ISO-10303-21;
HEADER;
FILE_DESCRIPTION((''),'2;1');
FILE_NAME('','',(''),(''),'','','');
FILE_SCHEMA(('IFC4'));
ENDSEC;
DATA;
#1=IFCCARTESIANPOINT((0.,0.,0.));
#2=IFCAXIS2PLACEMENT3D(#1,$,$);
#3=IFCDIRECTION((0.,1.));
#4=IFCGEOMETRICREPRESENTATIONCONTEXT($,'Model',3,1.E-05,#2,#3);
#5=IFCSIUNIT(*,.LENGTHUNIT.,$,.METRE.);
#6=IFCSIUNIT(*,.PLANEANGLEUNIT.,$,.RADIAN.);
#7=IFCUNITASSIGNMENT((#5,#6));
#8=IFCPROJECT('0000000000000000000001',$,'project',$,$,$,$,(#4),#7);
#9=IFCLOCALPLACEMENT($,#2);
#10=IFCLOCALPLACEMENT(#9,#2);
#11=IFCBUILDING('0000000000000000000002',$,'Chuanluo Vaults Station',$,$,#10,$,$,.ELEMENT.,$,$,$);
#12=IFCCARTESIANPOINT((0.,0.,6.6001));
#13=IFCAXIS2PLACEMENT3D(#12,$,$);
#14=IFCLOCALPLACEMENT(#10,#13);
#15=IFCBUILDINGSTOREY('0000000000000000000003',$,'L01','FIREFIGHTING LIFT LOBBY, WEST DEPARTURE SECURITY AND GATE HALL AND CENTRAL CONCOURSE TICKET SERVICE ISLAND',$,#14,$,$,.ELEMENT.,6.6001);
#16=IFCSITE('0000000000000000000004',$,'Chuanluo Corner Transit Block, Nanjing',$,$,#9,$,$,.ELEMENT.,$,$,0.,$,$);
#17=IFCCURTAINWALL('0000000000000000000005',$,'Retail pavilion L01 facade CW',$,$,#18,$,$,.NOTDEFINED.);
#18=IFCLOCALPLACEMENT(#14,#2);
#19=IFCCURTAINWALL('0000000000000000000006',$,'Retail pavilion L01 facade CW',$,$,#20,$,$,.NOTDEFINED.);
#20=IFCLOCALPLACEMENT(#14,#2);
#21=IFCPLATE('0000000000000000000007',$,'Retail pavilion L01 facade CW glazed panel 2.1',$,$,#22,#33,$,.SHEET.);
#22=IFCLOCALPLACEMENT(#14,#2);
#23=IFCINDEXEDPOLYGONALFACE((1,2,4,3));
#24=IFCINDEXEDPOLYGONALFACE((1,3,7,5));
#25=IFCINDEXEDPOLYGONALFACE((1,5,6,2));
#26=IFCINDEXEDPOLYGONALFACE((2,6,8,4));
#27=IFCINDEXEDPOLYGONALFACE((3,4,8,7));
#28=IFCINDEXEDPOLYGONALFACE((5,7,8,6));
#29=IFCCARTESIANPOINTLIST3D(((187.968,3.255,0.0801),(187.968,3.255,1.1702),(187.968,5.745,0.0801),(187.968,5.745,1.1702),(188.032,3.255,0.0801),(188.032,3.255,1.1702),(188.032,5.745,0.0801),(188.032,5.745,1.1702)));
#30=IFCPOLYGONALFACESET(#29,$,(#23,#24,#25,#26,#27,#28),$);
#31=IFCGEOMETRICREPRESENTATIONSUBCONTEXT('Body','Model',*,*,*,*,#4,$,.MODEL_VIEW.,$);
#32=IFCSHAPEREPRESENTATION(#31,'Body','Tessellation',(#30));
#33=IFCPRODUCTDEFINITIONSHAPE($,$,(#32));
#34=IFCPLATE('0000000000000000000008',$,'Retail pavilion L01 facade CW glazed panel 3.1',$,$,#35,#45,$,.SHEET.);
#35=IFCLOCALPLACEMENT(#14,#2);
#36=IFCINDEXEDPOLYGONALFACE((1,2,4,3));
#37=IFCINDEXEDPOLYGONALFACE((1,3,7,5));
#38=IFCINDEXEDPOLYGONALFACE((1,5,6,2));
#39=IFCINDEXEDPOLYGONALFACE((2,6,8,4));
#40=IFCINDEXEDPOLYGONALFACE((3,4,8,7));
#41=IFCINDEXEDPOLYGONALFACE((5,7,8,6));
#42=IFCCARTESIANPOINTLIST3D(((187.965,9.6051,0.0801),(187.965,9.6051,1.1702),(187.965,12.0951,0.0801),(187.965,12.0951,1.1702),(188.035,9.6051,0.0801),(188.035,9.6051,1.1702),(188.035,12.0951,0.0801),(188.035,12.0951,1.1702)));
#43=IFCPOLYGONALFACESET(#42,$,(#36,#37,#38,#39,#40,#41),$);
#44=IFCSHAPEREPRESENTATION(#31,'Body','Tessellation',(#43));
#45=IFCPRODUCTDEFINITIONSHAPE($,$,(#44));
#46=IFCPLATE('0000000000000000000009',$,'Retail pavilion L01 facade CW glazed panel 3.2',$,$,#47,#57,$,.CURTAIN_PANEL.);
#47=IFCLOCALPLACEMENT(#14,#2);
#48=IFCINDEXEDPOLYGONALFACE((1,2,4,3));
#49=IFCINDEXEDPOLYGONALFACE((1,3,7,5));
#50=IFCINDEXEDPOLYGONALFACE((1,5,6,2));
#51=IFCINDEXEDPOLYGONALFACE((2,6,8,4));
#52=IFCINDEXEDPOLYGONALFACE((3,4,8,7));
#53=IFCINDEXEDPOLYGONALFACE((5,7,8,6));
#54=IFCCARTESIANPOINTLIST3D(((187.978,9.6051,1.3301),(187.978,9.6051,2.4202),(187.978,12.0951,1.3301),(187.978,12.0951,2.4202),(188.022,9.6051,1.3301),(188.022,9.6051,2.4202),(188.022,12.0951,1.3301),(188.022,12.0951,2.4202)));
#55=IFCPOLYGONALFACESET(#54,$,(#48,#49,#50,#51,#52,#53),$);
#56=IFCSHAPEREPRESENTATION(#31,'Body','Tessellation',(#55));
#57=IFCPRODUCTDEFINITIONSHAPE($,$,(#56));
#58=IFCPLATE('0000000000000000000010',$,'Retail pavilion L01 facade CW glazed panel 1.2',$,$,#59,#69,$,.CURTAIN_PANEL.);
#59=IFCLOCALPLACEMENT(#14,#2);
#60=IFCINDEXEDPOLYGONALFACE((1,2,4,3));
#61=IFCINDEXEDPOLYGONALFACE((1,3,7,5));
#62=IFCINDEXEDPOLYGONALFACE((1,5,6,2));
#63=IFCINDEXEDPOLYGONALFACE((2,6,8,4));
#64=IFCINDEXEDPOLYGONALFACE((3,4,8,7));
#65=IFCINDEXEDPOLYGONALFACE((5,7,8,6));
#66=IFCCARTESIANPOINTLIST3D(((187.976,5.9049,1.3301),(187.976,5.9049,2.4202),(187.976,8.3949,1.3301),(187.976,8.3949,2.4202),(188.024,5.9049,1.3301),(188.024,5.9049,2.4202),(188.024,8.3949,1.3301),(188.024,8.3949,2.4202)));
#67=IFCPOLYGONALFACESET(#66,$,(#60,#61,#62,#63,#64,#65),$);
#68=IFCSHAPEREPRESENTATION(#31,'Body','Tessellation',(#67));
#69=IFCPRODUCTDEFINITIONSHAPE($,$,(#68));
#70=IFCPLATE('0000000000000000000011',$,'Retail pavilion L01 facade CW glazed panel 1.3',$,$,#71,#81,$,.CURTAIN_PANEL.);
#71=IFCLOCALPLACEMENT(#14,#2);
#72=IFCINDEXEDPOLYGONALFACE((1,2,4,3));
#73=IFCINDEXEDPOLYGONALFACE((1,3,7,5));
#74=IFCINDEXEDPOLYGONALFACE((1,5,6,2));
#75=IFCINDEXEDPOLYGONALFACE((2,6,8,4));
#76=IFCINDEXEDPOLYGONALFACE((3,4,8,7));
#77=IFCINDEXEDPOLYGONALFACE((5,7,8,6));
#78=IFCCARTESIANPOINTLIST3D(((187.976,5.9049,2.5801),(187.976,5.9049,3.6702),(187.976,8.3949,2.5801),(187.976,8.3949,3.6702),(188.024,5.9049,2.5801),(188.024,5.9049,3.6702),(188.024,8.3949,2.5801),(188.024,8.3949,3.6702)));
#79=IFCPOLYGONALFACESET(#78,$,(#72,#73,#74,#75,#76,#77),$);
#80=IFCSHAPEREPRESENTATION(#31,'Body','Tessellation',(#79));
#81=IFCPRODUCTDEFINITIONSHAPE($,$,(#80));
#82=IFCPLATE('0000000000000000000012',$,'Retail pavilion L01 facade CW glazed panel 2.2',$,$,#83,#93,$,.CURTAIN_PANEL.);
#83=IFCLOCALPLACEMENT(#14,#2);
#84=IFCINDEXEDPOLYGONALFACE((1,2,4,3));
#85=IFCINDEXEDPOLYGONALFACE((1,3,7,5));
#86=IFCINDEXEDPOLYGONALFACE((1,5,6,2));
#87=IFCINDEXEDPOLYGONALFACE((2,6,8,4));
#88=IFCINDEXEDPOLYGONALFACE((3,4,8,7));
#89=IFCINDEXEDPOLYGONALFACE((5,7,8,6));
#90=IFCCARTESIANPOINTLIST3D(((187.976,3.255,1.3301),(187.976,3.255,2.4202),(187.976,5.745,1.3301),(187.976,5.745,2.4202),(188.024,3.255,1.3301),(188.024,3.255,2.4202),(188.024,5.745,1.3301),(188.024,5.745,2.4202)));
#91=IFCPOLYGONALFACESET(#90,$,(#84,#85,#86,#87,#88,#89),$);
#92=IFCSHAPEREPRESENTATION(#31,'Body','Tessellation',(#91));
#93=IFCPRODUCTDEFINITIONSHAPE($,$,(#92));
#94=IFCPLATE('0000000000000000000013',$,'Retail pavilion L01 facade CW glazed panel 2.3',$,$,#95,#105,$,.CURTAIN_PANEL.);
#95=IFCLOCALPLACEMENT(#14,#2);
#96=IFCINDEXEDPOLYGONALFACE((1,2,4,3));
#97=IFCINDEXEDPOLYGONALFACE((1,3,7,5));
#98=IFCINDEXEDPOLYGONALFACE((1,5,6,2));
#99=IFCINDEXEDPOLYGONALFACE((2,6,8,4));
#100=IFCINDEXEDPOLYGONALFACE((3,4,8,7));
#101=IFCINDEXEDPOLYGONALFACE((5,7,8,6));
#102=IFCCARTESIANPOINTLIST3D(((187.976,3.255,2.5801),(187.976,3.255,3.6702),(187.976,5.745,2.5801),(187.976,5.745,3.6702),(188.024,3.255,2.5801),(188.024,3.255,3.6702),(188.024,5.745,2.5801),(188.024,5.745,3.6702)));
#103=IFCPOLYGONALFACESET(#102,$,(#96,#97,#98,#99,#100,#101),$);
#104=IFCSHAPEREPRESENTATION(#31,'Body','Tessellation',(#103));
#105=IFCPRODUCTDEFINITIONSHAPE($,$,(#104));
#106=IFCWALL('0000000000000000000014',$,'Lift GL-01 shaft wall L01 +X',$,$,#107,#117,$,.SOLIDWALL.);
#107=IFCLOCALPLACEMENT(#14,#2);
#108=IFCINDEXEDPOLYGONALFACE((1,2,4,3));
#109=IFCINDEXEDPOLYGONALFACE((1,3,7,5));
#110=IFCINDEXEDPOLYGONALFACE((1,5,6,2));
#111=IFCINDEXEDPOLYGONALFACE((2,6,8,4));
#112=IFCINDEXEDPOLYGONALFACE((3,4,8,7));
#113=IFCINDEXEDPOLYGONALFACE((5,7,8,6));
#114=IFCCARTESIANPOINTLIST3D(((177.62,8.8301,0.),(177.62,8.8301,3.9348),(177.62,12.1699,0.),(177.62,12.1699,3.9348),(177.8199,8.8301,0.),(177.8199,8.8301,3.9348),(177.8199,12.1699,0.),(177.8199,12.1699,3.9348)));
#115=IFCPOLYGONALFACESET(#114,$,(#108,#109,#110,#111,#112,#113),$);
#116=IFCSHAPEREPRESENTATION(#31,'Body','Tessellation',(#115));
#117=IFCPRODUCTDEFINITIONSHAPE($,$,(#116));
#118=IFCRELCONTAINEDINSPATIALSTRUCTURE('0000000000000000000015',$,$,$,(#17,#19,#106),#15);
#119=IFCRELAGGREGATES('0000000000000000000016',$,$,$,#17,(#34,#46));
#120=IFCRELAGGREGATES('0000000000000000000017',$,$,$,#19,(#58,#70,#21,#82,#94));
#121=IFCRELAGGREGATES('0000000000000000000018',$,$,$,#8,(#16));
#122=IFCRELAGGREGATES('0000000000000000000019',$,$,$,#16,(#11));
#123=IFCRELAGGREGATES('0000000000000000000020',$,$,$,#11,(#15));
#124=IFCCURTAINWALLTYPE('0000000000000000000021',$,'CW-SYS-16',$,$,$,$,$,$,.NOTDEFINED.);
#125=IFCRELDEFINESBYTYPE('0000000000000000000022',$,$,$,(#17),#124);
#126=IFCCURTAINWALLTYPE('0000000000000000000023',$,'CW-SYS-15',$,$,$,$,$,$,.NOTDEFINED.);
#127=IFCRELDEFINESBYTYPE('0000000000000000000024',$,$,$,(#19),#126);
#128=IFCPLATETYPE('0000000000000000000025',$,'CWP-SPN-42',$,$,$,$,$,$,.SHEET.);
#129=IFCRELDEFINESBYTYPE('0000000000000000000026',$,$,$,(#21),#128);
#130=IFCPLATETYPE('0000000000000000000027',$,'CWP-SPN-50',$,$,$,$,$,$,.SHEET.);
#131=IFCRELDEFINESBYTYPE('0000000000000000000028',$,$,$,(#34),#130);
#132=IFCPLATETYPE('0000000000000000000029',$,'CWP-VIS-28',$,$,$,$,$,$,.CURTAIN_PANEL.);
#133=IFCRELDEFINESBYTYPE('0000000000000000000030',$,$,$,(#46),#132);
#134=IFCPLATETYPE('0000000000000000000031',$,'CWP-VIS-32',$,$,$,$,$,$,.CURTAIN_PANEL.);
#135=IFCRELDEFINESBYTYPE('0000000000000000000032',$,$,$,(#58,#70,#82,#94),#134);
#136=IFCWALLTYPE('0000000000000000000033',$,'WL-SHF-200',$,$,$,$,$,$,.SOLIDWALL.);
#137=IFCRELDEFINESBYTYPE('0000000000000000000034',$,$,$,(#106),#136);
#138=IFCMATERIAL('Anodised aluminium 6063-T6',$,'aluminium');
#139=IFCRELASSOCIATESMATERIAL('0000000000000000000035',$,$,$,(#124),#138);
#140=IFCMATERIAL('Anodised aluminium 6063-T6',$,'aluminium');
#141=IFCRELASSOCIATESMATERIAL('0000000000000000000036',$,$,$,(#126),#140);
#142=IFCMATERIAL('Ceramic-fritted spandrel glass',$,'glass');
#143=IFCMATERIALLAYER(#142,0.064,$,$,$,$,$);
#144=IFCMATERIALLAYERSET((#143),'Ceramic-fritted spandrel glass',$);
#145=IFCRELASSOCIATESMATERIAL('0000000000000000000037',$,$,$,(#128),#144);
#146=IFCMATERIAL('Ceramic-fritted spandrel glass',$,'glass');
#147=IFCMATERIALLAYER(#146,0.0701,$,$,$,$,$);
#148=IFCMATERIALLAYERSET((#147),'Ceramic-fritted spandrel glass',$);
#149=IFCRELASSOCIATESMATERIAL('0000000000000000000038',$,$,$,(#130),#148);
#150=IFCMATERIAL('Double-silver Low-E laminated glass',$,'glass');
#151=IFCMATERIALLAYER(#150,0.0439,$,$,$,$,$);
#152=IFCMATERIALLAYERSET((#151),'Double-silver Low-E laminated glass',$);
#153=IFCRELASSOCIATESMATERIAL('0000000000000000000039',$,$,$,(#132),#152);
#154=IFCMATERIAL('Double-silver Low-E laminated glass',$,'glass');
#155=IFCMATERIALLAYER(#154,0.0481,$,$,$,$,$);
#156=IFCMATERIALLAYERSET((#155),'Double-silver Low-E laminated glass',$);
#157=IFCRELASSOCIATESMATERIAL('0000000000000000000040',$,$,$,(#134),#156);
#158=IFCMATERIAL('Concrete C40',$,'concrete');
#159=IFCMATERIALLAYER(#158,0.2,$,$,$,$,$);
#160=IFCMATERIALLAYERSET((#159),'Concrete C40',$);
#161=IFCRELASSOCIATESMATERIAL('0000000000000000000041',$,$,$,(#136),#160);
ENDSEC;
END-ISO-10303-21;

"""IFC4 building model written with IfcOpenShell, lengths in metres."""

from ifc_helpers import new_model, si_unit, direction, frame, frame_2d, origin, origin_2d, place, context, subcontext, project, spatial, rectangle, extrude, material, layer, layer_set, type_object, element, aggregate, save


model = new_model("IFC4")

# Units and contexts
model_context = context("Model", 3, precision=1e-05, world=origin(), true_north=direction((0.0, 1.0)))
body_context = subcontext(model_context, "Body", "Model", "MODEL_VIEW")
ifc_project = project(units=[si_unit("LENGTHUNIT", "METRE"), si_unit("PLANEANGLEUNIT", "RADIAN")], contexts=[model_context])

# Site, building, storey
site_placement = place(None, origin())
site = spatial("IfcSite", under=ifc_project, at=site_placement, Name="Chuanluo Corner Transit Block, Nanjing", CompositionType="ELEMENT", RefElevation=0.0)
building_placement = place(site_placement, origin())
building = spatial("IfcBuilding", under=site, at=building_placement, Name="Chuanluo Vaults Station", CompositionType="ELEMENT")
storey_placement = place(building_placement, frame((0.0, 0.0, 6.6001)))
storey = spatial("IfcBuildingStorey", under=building, at=storey_placement, Name="L01", Description="FIREFIGHTING LIFT LOBBY, WEST DEPARTURE SECURITY AND GATE HALL AND CENTRAL CONCOURSE TICKET SERVICE ISLAND", CompositionType="ELEMENT", Elevation=6.6001)

# Curtain wall
ifc_material_1 = material(Name="Anodised aluminium 6063-T6", Category="aluminium")
curtain_wall_type_1 = type_object("IfcCurtainWallType", Name="CW-SYS-16", PredefinedType="NOTDEFINED", material=ifc_material_1)
curtain_wall_1_placement = place(storey_placement, origin())
curtain_wall_1 = element("IfcCurtainWall", 1, at=curtain_wall_1_placement, inside=storey, type_object=curtain_wall_type_1, Name="Retail pavilion L01 facade CW", PredefinedType="NOTDEFINED")

# Curtain wall, plate
ifc_material_2 = material(Name="Anodised aluminium 6063-T6", Category="aluminium")
curtain_wall_type_2 = type_object("IfcCurtainWallType", Name="CW-SYS-15", PredefinedType="NOTDEFINED", material=ifc_material_2)
curtain_wall_2_placement = place(storey_placement, origin())
curtain_wall_2 = element("IfcCurtainWall", 2, at=curtain_wall_2_placement, inside=storey, type_object=curtain_wall_type_2, Name="Retail pavilion L01 facade CW", PredefinedType="NOTDEFINED")
ifc_material_3 = material(Name="Ceramic-fritted spandrel glass", Category="glass")
ifc_layer_1 = layer(ifc_material_3, 0.064)
ifc_layer_set_1 = layer_set([ifc_layer_1], Name="Ceramic-fritted spandrel glass")
plate_type_1 = type_object("IfcPlateType", Name="CWP-SPN-42", PredefinedType="SHEET", material=ifc_layer_set_1)
plate_1_placement = place(storey_placement, frame((188.0, 4.5, 0.0801), z_axis=(0.0, 0.0, 1.0), x_axis=(0.0, -1.0, 0.0)))
plate_1 = element("IfcPlate", 3, at=plate_1_placement, type_object=plate_type_1, Name="Retail pavilion L01 facade CW glazed panel 2.1", PredefinedType="SHEET", context=body_context, shape_type="SweptSolid", body=[
    extrude(rectangle(XDim=2.49, YDim=0.064, at=origin_2d()), origin(), (0.0, 0.0, 1.0), 1.0901),
])

# Plates
ifc_material_4 = material(Name="Ceramic-fritted spandrel glass", Category="glass")
ifc_layer_2 = layer(ifc_material_4, 0.0701)
ifc_layer_set_2 = layer_set([ifc_layer_2], Name="Ceramic-fritted spandrel glass")
plate_type_2 = type_object("IfcPlateType", Name="CWP-SPN-50", PredefinedType="SHEET", material=ifc_layer_set_2)
plate_2_placement = place(storey_placement, frame((188.0, 10.8501, 0.0801), z_axis=(0.0, 0.0, 1.0), x_axis=(0.0, -1.0, 0.0)))
plate_2 = element("IfcPlate", 4, at=plate_2_placement, type_object=plate_type_2, Name="Retail pavilion L01 facade CW glazed panel 3.1", PredefinedType="SHEET", context=body_context, shape_type="SweptSolid", body=[
    extrude(rectangle(XDim=2.49, YDim=0.0701, at=origin_2d()), origin(), (0.0, 0.0, 1.0), 1.0901),
])
ifc_material_5 = material(Name="Double-silver Low-E laminated glass", Category="glass")
ifc_layer_3 = layer(ifc_material_5, 0.0439)
ifc_layer_set_3 = layer_set([ifc_layer_3], Name="Double-silver Low-E laminated glass")
plate_type_3 = type_object("IfcPlateType", Name="CWP-VIS-28", PredefinedType="CURTAIN_PANEL", material=ifc_layer_set_3)
plate_3_placement = place(storey_placement, frame((188.0, 10.8501, 1.3301), z_axis=(0.0, 0.0, 1.0), x_axis=(0.0, -1.0, 0.0)))
plate_3 = element("IfcPlate", 5, at=plate_3_placement, type_object=plate_type_3, Name="Retail pavilion L01 facade CW glazed panel 3.2", PredefinedType="CURTAIN_PANEL", context=body_context, shape_type="SweptSolid", body=[
    extrude(rectangle(XDim=2.49, YDim=0.0439, at=origin_2d()), origin(), (0.0, 0.0, 1.0), 1.0901),
])
aggregate(curtain_wall_1, [plate_2, plate_3])
ifc_material_6 = material(Name="Double-silver Low-E laminated glass", Category="glass")
ifc_layer_4 = layer(ifc_material_6, 0.0481)
ifc_layer_set_4 = layer_set([ifc_layer_4], Name="Double-silver Low-E laminated glass")
plate_type_4 = type_object("IfcPlateType", Name="CWP-VIS-32", PredefinedType="CURTAIN_PANEL", material=ifc_layer_set_4)
plate_4_placement = place(storey_placement, frame((188.0, 7.1499, 1.3301), z_axis=(0.0, 0.0, 1.0), x_axis=(0.0, -1.0, 0.0)))
plate_4 = element("IfcPlate", 6, at=plate_4_placement, type_object=plate_type_4, Name="Retail pavilion L01 facade CW glazed panel 1.2", PredefinedType="CURTAIN_PANEL", context=body_context, shape_type="SweptSolid", body=[
    extrude(rectangle(XDim=2.49, YDim=0.0481, at=origin_2d()), origin(), (0.0, 0.0, 1.0), 1.0901),
])
plate_5_placement = place(storey_placement, frame((188.0, 7.1499, 2.5801), z_axis=(0.0, 0.0, 1.0), x_axis=(0.0, -1.0, 0.0)))
plate_5 = element("IfcPlate", 7, at=plate_5_placement, type_object=plate_type_4, Name="Retail pavilion L01 facade CW glazed panel 1.3", PredefinedType="CURTAIN_PANEL", context=body_context, shape_type="SweptSolid", body=[
    extrude(rectangle(XDim=2.49, YDim=0.0481, at=origin_2d()), origin(), (0.0, 0.0, 1.0), 1.0901),
])
plate_6_placement = place(storey_placement, frame((188.0, 4.5, 1.3301), z_axis=(0.0, 0.0, 1.0), x_axis=(0.0, -1.0, 0.0)))
plate_6 = element("IfcPlate", 8, at=plate_6_placement, type_object=plate_type_4, Name="Retail pavilion L01 facade CW glazed panel 2.2", PredefinedType="CURTAIN_PANEL", context=body_context, shape_type="SweptSolid", body=[
    extrude(rectangle(XDim=2.49, YDim=0.0481, at=origin_2d()), origin(), (0.0, 0.0, 1.0), 1.0901),
])
plate_7_placement = place(storey_placement, frame((188.0, 4.5, 2.5801), z_axis=(0.0, 0.0, 1.0), x_axis=(0.0, -1.0, 0.0)))
plate_7 = element("IfcPlate", 9, at=plate_7_placement, type_object=plate_type_4, Name="Retail pavilion L01 facade CW glazed panel 2.3", PredefinedType="CURTAIN_PANEL", context=body_context, shape_type="SweptSolid", body=[
    extrude(rectangle(XDim=2.49, YDim=0.0481, at=origin_2d()), origin(), (0.0, 0.0, 1.0), 1.0901),
])
aggregate(curtain_wall_2, [plate_4, plate_5, plate_1, plate_6, plate_7])

# Wall
ifc_material_7 = material(Name="Concrete C40", Category="concrete")
ifc_layer_5 = layer(ifc_material_7, 0.2)
ifc_layer_set_5 = layer_set([ifc_layer_5], Name="Concrete C40")
wall_type = type_object("IfcWallType", Name="WL-SHF-200", PredefinedType="SOLIDWALL", material=ifc_layer_set_5)
wall_placement = place(storey_placement, frame((177.72, 8.8301, 0.0), z_axis=(0.0, 0.0, 1.0), x_axis=(0.0, 1.0, 0.0)))
element("IfcWall", 10, at=wall_placement, inside=storey, type_object=wall_type, Name="Lift GL-01 shaft wall L01 +X", PredefinedType="SOLIDWALL", context=body_context, shape_type="SweptSolid", body=[
    extrude(rectangle(XDim=3.3398, YDim=0.2, at=frame_2d((1.6699, 0.0))), origin(), (0.0, 0.0, 1.0), 3.9348),
])

save(model, "model.ifc")
